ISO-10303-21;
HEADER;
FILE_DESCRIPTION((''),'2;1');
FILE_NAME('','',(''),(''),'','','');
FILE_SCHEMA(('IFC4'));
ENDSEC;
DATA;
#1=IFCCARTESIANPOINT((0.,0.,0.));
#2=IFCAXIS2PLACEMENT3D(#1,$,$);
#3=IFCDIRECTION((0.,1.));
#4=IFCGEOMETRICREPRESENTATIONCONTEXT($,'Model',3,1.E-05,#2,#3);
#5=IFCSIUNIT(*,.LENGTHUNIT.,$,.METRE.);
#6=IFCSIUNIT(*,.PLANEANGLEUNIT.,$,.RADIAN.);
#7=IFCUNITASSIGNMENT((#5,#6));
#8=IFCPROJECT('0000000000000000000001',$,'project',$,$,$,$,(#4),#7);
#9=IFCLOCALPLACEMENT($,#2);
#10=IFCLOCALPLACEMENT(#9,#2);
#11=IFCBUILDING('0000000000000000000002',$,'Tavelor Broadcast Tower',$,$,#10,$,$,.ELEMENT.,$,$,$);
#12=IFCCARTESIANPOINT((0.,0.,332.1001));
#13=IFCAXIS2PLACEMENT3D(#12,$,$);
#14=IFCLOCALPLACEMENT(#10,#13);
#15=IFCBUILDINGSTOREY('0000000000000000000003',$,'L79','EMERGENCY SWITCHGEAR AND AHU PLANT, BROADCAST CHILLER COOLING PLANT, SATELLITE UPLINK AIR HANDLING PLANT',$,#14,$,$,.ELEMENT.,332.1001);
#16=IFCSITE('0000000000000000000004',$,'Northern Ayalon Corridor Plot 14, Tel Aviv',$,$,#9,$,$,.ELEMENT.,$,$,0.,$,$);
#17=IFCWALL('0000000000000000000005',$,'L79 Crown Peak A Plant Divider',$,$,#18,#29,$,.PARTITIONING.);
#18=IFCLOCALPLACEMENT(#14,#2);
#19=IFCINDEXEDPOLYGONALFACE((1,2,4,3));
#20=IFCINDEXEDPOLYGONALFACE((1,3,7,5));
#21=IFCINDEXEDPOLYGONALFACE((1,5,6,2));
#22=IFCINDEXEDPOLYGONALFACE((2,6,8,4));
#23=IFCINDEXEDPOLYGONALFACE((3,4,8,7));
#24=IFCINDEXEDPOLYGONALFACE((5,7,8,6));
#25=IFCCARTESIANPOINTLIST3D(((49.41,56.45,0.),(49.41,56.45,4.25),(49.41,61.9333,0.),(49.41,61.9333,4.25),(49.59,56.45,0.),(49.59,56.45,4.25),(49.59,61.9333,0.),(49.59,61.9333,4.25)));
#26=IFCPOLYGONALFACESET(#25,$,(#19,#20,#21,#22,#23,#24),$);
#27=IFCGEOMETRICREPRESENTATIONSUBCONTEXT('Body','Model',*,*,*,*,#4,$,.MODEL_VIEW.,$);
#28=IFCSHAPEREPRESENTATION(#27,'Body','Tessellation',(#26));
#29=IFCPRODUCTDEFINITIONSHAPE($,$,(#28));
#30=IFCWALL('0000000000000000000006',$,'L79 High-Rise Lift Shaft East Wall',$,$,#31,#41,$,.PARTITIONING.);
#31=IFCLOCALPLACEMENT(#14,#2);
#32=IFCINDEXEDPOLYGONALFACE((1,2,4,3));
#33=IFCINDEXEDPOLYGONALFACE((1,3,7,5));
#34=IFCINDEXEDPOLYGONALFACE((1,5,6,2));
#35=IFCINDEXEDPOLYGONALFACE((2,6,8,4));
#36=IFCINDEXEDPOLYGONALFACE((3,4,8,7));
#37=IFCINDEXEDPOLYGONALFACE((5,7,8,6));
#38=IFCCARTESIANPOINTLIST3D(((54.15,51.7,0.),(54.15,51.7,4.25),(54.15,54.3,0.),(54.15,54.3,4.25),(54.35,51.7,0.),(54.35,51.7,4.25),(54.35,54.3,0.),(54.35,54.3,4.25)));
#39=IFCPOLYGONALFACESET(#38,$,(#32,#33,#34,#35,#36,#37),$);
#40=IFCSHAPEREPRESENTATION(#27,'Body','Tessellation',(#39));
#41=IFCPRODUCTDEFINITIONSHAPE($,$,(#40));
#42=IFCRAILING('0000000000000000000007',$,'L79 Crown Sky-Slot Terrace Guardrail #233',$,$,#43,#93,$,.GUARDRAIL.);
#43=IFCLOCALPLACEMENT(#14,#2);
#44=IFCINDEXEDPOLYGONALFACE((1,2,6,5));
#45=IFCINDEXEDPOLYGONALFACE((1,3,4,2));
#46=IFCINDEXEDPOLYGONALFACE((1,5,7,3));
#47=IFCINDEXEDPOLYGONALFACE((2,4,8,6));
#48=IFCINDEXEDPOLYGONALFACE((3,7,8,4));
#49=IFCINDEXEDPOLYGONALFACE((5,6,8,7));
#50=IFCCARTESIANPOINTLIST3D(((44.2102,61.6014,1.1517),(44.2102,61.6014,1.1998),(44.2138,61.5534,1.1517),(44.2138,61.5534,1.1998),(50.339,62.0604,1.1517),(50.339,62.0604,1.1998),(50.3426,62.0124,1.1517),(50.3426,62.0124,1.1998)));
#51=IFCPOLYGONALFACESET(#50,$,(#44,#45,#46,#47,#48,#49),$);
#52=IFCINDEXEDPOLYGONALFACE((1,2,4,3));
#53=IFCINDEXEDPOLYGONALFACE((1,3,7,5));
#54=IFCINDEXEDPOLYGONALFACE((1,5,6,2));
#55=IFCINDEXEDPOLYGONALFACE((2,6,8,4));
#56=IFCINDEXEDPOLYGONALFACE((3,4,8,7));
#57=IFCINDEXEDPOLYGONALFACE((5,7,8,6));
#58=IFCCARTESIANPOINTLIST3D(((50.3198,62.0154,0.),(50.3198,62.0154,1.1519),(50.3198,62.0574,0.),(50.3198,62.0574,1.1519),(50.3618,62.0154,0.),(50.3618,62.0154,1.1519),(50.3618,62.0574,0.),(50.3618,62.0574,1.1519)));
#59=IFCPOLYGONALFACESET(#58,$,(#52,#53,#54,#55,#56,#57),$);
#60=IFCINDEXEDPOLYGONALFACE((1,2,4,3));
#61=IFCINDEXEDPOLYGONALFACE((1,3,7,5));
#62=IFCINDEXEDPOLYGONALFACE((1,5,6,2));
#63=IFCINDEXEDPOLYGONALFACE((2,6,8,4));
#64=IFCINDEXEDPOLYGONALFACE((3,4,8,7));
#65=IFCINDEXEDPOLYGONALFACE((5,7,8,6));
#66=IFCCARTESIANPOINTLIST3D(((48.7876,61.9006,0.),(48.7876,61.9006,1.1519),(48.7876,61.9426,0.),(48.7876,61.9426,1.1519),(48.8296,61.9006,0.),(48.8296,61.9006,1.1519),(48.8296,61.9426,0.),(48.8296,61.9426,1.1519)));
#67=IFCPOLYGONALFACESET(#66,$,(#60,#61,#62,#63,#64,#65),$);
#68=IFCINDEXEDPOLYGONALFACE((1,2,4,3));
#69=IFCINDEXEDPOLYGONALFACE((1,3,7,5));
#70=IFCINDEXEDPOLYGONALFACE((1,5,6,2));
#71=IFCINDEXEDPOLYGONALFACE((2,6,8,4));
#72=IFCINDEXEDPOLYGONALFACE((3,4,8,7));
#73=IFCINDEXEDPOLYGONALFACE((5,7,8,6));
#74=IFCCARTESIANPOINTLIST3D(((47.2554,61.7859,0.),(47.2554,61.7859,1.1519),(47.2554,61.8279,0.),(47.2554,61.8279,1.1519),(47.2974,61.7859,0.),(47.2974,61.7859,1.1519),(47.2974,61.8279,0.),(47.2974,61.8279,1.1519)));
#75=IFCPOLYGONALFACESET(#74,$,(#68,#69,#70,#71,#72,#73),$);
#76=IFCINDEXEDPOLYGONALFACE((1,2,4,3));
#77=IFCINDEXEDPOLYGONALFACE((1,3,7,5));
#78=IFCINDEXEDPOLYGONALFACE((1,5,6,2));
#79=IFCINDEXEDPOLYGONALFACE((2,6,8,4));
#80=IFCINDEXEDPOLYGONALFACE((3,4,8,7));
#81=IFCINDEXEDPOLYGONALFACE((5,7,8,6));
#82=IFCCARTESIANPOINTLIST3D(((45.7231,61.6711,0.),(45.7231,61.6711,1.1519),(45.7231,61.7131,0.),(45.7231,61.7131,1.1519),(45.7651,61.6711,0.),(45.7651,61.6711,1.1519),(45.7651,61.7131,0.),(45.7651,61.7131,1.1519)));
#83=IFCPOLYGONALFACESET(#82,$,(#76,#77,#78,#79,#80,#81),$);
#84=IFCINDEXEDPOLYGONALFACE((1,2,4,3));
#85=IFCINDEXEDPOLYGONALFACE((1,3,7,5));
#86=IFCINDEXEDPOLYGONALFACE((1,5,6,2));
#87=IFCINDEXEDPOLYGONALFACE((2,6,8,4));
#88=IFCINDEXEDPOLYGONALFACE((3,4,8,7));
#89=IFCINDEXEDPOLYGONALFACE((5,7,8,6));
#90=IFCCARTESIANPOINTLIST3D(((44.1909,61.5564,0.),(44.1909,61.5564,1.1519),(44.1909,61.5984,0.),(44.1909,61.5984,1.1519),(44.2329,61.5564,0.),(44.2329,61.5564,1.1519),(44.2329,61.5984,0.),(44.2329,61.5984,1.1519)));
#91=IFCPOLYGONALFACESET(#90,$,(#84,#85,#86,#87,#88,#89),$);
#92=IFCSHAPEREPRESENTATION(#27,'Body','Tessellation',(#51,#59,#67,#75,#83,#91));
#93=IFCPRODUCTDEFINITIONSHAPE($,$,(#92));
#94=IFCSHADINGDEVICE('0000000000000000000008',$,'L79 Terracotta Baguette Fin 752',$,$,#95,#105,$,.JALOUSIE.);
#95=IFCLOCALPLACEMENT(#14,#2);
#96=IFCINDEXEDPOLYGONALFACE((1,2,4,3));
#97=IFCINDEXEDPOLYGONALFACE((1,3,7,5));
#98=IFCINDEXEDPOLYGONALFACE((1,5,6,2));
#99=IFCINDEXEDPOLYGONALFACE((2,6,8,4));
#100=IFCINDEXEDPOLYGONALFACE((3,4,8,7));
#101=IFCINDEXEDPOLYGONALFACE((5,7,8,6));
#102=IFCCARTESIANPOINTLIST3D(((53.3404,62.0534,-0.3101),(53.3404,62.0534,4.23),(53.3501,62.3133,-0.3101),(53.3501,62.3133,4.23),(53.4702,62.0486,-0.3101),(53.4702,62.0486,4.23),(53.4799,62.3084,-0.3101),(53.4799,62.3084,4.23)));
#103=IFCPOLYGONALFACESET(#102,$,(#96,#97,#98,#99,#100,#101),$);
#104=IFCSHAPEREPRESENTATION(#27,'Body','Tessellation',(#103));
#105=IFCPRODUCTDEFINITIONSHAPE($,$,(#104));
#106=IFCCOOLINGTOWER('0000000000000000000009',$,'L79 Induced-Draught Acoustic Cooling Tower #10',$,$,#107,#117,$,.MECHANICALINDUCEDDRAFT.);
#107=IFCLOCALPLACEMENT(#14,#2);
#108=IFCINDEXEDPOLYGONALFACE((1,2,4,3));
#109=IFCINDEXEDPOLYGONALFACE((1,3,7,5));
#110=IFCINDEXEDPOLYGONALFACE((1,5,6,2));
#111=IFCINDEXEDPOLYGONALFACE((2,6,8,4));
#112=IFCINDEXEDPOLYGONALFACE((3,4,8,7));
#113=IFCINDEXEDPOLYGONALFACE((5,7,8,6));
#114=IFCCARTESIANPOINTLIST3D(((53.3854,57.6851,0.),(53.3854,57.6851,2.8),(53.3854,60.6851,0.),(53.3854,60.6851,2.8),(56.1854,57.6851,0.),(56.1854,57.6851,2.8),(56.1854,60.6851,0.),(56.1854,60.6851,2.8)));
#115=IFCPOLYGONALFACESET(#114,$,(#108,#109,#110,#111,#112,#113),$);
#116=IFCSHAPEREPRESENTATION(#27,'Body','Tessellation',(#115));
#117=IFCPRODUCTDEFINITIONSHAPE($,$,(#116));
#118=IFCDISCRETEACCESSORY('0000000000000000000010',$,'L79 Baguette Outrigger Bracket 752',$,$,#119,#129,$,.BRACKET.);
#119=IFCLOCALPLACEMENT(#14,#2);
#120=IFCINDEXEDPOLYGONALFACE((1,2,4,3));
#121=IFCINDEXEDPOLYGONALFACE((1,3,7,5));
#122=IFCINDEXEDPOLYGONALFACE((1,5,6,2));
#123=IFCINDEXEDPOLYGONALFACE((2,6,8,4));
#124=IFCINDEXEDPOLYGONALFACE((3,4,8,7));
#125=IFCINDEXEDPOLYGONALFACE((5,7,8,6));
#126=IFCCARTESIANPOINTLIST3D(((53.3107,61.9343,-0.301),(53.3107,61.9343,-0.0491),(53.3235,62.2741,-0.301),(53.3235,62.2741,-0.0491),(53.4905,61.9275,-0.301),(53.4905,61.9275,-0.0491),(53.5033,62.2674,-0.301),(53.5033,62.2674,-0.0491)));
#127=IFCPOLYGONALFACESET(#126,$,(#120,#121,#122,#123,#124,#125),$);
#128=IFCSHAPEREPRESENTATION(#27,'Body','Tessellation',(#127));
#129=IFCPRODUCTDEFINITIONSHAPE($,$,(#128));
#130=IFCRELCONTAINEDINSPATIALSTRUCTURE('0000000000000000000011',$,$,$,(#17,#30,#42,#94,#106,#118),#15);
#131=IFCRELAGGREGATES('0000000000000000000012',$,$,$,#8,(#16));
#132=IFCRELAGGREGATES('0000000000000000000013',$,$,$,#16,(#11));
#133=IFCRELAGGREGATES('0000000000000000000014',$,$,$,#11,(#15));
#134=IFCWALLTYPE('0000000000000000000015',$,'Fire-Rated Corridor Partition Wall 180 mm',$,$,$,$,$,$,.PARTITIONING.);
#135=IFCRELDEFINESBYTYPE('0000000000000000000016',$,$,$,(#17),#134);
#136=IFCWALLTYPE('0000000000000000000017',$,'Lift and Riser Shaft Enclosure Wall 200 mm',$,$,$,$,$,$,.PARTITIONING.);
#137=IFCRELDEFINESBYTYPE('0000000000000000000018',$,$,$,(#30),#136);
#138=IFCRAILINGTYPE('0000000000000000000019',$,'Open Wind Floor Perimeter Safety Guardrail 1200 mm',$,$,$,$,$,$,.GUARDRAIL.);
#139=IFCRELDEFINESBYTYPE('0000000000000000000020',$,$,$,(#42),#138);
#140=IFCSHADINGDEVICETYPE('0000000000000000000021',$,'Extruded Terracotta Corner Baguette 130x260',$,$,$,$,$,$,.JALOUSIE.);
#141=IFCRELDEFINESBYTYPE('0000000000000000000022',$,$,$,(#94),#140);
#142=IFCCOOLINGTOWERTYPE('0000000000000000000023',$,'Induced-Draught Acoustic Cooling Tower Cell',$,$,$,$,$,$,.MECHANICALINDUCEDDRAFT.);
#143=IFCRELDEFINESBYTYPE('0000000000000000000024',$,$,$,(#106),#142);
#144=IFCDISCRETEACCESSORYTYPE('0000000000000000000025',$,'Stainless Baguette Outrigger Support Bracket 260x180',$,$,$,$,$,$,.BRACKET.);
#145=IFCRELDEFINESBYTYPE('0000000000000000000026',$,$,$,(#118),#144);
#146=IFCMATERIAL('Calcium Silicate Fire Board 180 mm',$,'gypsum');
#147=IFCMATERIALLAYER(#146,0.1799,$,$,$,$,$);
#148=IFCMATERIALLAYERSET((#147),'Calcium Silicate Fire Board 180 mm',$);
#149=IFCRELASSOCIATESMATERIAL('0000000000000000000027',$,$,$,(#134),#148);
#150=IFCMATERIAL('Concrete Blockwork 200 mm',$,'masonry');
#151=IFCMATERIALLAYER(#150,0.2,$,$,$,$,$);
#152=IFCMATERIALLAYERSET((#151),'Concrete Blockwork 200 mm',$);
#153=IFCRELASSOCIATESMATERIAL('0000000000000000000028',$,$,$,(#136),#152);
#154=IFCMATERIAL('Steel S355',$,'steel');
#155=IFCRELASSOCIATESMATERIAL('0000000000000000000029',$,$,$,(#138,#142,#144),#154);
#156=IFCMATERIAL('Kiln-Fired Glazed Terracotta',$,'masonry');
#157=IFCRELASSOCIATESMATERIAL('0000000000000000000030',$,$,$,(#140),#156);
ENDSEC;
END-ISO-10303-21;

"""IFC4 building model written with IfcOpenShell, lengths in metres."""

from ifc_helpers import new_model, si_unit, direction, frame, frame_2d, origin, origin_2d, place, context, subcontext, project, spatial, rectangle, extrude, source, transform, mapped, material, layer, layer_set, type_object, type_shapes, element, save


model = new_model("IFC4")

# Units and contexts
model_context = context("Model", 3, precision=1e-05, world=origin(), true_north=direction((0.0, 1.0)))
body_context = subcontext(model_context, "Body", "Model", "MODEL_VIEW")
ifc_project = project(units=[si_unit("LENGTHUNIT", "METRE"), si_unit("PLANEANGLEUNIT", "RADIAN")], contexts=[model_context])

# Site, building, storey
site_placement = place(None, origin())
site = spatial("IfcSite", under=ifc_project, at=site_placement, Name="Northern Ayalon Corridor Plot 14, Tel Aviv", CompositionType="ELEMENT", RefElevation=0.0)
building_placement = place(site_placement, origin())
building = spatial("IfcBuilding", under=site, at=building_placement, Name="Tavelor Broadcast Tower", CompositionType="ELEMENT")
storey_placement = place(building_placement, frame((0.0, 0.0, 332.1001)))
storey = spatial("IfcBuildingStorey", under=building, at=storey_placement, Name="L79", Description="EMERGENCY SWITCHGEAR AND AHU PLANT, BROADCAST CHILLER COOLING PLANT, SATELLITE UPLINK AIR HANDLING PLANT", CompositionType="ELEMENT", Elevation=332.1001)

# Shared definitions
ifc_material_1 = material(Name="Steel S355", Category="steel")

# Walls
ifc_material_2 = material(Name="Calcium Silicate Fire Board 180 mm", Category="gypsum")
ifc_layer_1 = layer(ifc_material_2, 0.1799)
ifc_layer_set_1 = layer_set([ifc_layer_1], Name="Calcium Silicate Fire Board 180 mm")
wall_type_1 = type_object("IfcWallType", Name="Fire-Rated Corridor Partition Wall 180 mm", PredefinedType="PARTITIONING", material=ifc_layer_set_1)
wall_1_placement = place(storey_placement, frame((49.5, 56.45, 0.0), z_axis=(0.0, 0.0, 1.0), x_axis=(0.0, 1.0, 0.0)))
element("IfcWall", 1, at=wall_1_placement, inside=storey, type_object=wall_type_1, Name="L79 Crown Peak A Plant Divider", PredefinedType="PARTITIONING", context=body_context, shape_type="SweptSolid", body=[
    extrude(rectangle(XDim=5.4834, YDim=0.1799, at=frame_2d((2.7417, 0.0))), origin(), (0.0, 0.0, 1.0), 4.25),
])
ifc_material_3 = material(Name="Concrete Blockwork 200 mm", Category="masonry")
ifc_layer_2 = layer(ifc_material_3, 0.2)
ifc_layer_set_2 = layer_set([ifc_layer_2], Name="Concrete Blockwork 200 mm")
wall_type_2 = type_object("IfcWallType", Name="Lift and Riser Shaft Enclosure Wall 200 mm", PredefinedType="PARTITIONING", material=ifc_layer_set_2)
wall_2_placement = place(storey_placement, frame((54.25, 51.7, 0.0), z_axis=(0.0, 0.0, 1.0), x_axis=(0.0, 1.0, 0.0)))
element("IfcWall", 2, at=wall_2_placement, inside=storey, type_object=wall_type_2, Name="L79 High-Rise Lift Shaft East Wall", PredefinedType="PARTITIONING", context=body_context, shape_type="SweptSolid", body=[
    extrude(rectangle(XDim=2.6001, YDim=0.2, at=frame_2d((1.3, 0.0))), origin(), (0.0, 0.0, 1.0), 4.25),
])

# Railing
railing_type = type_object("IfcRailingType", Name="Open Wind Floor Perimeter Safety Guardrail 1200 mm", PredefinedType="GUARDRAIL", material=ifc_material_1)
railing_placement = place(storey_placement, frame((50.3408, 62.0364, 0.0)))
element("IfcRailing", 3, at=railing_placement, inside=storey, type_object=railing_type, Name="L79 Crown Sky-Slot Terrace Guardrail #233", PredefinedType="GUARDRAIL", context=body_context, shape_type="SweptSolid", body=[
    extrude(rectangle(XDim=0.0481, YDim=0.0481, at=origin_2d()), frame((0.0, 0.0, 1.1758), z_axis=(-0.997208, -0.074679, 0.0), x_axis=(0.074679, -0.997208, 0.0)), (0.0, 0.0, 1.0), 6.146),
    extrude(rectangle(XDim=0.042, YDim=0.042, at=origin_2d()), origin(), (0.0, 0.0, 1.0), 1.1519),
    extrude(rectangle(XDim=0.042, YDim=0.042, at=origin_2d()), frame((-1.5322, -0.1147, 0.0)), (0.0, 0.0, 1.0), 1.1519),
    extrude(rectangle(XDim=0.042, YDim=0.042, at=origin_2d()), frame((-3.0645, -0.2295, 0.0)), (0.0, 0.0, 1.0), 1.1519),
    extrude(rectangle(XDim=0.042, YDim=0.042, at=origin_2d()), frame((-4.5967, -0.3442, 0.0)), (0.0, 0.0, 1.0), 1.1519),
    extrude(rectangle(XDim=0.042, YDim=0.042, at=origin_2d()), frame((-6.1289, -0.459, 0.0)), (0.0, 0.0, 1.0), 1.1519),
])

# Shading device
ifc_material_4 = material(Name="Kiln-Fired Glazed Terracotta", Category="masonry")
shading_device_type = type_object("IfcShadingDeviceType", Name="Extruded Terracotta Corner Baguette 130x260", PredefinedType="JALOUSIE", material=ifc_material_4)
shared_shape_1 = source(origin(), body_context, "Body", "SweptSolid", [
    extrude(rectangle(XDim=0.1299, YDim=0.26, at=origin_2d()), origin(), (0.0, 0.0, 1.0), 4.54),
])
type_shapes(shading_device_type, [shared_shape_1])
shading_device_placement = place(storey_placement, frame((53.4102, 62.1809, -0.3101), z_axis=(0.0, 0.0, 1.0), x_axis=(-0.999296, 0.037516, 0.0)))
element("IfcShadingDevice", 4, at=shading_device_placement, inside=storey, type_object=shading_device_type, Name="L79 Terracotta Baguette Fin 752", PredefinedType="JALOUSIE", context=body_context, shape_type="MappedRepresentation", body=[
    mapped(shared_shape_1, transform((0.0, 0.0, 0.0), scale=1.0)),
])

# Cooling tower
cooling_tower_type = type_object("IfcCoolingTowerType", Name="Induced-Draught Acoustic Cooling Tower Cell", PredefinedType="MECHANICALINDUCEDDRAFT", material=ifc_material_1)
cooling_tower_placement = place(storey_placement, frame((54.7854, 59.1851, 0.0), z_axis=(0.0, 0.0, 1.0), x_axis=(1.0, 0.0, 0.0)))
element("IfcCoolingTower", 5, at=cooling_tower_placement, inside=storey, type_object=cooling_tower_type, Name="L79 Induced-Draught Acoustic Cooling Tower #10", PredefinedType="MECHANICALINDUCEDDRAFT", context=body_context, shape_type="SweptSolid", body=[
    extrude(rectangle(XDim=2.8, YDim=3.0, at=origin_2d()), origin(), (0.0, 0.0, 1.0), 2.8),
])

# Discrete accessory
discrete_accessory_type = type_object("IfcDiscreteAccessoryType", Name="Stainless Baguette Outrigger Support Bracket 260x180", PredefinedType="BRACKET", material=ifc_material_1)
shared_shape_2 = source(origin(), body_context, "Body", "SweptSolid", [
    extrude(rectangle(XDim=0.1799, YDim=0.3401, at=origin_2d()), origin(), (0.0, 0.0, 1.0), 0.252),
])
type_shapes(discrete_accessory_type, [shared_shape_2])
discrete_accessory_placement = place(storey_placement, frame((53.407, 62.1008, -0.301), z_axis=(0.0, 0.0, 1.0), x_axis=(-0.999296, 0.037516, 0.0)))
element("IfcDiscreteAccessory", 6, at=discrete_accessory_placement, inside=storey, type_object=discrete_accessory_type, Name="L79 Baguette Outrigger Bracket 752", PredefinedType="BRACKET", context=body_context, shape_type="MappedRepresentation", body=[
    mapped(shared_shape_2, transform((0.0, 0.0, 0.0), scale=1.0)),
])

save(model, "model.ifc")
